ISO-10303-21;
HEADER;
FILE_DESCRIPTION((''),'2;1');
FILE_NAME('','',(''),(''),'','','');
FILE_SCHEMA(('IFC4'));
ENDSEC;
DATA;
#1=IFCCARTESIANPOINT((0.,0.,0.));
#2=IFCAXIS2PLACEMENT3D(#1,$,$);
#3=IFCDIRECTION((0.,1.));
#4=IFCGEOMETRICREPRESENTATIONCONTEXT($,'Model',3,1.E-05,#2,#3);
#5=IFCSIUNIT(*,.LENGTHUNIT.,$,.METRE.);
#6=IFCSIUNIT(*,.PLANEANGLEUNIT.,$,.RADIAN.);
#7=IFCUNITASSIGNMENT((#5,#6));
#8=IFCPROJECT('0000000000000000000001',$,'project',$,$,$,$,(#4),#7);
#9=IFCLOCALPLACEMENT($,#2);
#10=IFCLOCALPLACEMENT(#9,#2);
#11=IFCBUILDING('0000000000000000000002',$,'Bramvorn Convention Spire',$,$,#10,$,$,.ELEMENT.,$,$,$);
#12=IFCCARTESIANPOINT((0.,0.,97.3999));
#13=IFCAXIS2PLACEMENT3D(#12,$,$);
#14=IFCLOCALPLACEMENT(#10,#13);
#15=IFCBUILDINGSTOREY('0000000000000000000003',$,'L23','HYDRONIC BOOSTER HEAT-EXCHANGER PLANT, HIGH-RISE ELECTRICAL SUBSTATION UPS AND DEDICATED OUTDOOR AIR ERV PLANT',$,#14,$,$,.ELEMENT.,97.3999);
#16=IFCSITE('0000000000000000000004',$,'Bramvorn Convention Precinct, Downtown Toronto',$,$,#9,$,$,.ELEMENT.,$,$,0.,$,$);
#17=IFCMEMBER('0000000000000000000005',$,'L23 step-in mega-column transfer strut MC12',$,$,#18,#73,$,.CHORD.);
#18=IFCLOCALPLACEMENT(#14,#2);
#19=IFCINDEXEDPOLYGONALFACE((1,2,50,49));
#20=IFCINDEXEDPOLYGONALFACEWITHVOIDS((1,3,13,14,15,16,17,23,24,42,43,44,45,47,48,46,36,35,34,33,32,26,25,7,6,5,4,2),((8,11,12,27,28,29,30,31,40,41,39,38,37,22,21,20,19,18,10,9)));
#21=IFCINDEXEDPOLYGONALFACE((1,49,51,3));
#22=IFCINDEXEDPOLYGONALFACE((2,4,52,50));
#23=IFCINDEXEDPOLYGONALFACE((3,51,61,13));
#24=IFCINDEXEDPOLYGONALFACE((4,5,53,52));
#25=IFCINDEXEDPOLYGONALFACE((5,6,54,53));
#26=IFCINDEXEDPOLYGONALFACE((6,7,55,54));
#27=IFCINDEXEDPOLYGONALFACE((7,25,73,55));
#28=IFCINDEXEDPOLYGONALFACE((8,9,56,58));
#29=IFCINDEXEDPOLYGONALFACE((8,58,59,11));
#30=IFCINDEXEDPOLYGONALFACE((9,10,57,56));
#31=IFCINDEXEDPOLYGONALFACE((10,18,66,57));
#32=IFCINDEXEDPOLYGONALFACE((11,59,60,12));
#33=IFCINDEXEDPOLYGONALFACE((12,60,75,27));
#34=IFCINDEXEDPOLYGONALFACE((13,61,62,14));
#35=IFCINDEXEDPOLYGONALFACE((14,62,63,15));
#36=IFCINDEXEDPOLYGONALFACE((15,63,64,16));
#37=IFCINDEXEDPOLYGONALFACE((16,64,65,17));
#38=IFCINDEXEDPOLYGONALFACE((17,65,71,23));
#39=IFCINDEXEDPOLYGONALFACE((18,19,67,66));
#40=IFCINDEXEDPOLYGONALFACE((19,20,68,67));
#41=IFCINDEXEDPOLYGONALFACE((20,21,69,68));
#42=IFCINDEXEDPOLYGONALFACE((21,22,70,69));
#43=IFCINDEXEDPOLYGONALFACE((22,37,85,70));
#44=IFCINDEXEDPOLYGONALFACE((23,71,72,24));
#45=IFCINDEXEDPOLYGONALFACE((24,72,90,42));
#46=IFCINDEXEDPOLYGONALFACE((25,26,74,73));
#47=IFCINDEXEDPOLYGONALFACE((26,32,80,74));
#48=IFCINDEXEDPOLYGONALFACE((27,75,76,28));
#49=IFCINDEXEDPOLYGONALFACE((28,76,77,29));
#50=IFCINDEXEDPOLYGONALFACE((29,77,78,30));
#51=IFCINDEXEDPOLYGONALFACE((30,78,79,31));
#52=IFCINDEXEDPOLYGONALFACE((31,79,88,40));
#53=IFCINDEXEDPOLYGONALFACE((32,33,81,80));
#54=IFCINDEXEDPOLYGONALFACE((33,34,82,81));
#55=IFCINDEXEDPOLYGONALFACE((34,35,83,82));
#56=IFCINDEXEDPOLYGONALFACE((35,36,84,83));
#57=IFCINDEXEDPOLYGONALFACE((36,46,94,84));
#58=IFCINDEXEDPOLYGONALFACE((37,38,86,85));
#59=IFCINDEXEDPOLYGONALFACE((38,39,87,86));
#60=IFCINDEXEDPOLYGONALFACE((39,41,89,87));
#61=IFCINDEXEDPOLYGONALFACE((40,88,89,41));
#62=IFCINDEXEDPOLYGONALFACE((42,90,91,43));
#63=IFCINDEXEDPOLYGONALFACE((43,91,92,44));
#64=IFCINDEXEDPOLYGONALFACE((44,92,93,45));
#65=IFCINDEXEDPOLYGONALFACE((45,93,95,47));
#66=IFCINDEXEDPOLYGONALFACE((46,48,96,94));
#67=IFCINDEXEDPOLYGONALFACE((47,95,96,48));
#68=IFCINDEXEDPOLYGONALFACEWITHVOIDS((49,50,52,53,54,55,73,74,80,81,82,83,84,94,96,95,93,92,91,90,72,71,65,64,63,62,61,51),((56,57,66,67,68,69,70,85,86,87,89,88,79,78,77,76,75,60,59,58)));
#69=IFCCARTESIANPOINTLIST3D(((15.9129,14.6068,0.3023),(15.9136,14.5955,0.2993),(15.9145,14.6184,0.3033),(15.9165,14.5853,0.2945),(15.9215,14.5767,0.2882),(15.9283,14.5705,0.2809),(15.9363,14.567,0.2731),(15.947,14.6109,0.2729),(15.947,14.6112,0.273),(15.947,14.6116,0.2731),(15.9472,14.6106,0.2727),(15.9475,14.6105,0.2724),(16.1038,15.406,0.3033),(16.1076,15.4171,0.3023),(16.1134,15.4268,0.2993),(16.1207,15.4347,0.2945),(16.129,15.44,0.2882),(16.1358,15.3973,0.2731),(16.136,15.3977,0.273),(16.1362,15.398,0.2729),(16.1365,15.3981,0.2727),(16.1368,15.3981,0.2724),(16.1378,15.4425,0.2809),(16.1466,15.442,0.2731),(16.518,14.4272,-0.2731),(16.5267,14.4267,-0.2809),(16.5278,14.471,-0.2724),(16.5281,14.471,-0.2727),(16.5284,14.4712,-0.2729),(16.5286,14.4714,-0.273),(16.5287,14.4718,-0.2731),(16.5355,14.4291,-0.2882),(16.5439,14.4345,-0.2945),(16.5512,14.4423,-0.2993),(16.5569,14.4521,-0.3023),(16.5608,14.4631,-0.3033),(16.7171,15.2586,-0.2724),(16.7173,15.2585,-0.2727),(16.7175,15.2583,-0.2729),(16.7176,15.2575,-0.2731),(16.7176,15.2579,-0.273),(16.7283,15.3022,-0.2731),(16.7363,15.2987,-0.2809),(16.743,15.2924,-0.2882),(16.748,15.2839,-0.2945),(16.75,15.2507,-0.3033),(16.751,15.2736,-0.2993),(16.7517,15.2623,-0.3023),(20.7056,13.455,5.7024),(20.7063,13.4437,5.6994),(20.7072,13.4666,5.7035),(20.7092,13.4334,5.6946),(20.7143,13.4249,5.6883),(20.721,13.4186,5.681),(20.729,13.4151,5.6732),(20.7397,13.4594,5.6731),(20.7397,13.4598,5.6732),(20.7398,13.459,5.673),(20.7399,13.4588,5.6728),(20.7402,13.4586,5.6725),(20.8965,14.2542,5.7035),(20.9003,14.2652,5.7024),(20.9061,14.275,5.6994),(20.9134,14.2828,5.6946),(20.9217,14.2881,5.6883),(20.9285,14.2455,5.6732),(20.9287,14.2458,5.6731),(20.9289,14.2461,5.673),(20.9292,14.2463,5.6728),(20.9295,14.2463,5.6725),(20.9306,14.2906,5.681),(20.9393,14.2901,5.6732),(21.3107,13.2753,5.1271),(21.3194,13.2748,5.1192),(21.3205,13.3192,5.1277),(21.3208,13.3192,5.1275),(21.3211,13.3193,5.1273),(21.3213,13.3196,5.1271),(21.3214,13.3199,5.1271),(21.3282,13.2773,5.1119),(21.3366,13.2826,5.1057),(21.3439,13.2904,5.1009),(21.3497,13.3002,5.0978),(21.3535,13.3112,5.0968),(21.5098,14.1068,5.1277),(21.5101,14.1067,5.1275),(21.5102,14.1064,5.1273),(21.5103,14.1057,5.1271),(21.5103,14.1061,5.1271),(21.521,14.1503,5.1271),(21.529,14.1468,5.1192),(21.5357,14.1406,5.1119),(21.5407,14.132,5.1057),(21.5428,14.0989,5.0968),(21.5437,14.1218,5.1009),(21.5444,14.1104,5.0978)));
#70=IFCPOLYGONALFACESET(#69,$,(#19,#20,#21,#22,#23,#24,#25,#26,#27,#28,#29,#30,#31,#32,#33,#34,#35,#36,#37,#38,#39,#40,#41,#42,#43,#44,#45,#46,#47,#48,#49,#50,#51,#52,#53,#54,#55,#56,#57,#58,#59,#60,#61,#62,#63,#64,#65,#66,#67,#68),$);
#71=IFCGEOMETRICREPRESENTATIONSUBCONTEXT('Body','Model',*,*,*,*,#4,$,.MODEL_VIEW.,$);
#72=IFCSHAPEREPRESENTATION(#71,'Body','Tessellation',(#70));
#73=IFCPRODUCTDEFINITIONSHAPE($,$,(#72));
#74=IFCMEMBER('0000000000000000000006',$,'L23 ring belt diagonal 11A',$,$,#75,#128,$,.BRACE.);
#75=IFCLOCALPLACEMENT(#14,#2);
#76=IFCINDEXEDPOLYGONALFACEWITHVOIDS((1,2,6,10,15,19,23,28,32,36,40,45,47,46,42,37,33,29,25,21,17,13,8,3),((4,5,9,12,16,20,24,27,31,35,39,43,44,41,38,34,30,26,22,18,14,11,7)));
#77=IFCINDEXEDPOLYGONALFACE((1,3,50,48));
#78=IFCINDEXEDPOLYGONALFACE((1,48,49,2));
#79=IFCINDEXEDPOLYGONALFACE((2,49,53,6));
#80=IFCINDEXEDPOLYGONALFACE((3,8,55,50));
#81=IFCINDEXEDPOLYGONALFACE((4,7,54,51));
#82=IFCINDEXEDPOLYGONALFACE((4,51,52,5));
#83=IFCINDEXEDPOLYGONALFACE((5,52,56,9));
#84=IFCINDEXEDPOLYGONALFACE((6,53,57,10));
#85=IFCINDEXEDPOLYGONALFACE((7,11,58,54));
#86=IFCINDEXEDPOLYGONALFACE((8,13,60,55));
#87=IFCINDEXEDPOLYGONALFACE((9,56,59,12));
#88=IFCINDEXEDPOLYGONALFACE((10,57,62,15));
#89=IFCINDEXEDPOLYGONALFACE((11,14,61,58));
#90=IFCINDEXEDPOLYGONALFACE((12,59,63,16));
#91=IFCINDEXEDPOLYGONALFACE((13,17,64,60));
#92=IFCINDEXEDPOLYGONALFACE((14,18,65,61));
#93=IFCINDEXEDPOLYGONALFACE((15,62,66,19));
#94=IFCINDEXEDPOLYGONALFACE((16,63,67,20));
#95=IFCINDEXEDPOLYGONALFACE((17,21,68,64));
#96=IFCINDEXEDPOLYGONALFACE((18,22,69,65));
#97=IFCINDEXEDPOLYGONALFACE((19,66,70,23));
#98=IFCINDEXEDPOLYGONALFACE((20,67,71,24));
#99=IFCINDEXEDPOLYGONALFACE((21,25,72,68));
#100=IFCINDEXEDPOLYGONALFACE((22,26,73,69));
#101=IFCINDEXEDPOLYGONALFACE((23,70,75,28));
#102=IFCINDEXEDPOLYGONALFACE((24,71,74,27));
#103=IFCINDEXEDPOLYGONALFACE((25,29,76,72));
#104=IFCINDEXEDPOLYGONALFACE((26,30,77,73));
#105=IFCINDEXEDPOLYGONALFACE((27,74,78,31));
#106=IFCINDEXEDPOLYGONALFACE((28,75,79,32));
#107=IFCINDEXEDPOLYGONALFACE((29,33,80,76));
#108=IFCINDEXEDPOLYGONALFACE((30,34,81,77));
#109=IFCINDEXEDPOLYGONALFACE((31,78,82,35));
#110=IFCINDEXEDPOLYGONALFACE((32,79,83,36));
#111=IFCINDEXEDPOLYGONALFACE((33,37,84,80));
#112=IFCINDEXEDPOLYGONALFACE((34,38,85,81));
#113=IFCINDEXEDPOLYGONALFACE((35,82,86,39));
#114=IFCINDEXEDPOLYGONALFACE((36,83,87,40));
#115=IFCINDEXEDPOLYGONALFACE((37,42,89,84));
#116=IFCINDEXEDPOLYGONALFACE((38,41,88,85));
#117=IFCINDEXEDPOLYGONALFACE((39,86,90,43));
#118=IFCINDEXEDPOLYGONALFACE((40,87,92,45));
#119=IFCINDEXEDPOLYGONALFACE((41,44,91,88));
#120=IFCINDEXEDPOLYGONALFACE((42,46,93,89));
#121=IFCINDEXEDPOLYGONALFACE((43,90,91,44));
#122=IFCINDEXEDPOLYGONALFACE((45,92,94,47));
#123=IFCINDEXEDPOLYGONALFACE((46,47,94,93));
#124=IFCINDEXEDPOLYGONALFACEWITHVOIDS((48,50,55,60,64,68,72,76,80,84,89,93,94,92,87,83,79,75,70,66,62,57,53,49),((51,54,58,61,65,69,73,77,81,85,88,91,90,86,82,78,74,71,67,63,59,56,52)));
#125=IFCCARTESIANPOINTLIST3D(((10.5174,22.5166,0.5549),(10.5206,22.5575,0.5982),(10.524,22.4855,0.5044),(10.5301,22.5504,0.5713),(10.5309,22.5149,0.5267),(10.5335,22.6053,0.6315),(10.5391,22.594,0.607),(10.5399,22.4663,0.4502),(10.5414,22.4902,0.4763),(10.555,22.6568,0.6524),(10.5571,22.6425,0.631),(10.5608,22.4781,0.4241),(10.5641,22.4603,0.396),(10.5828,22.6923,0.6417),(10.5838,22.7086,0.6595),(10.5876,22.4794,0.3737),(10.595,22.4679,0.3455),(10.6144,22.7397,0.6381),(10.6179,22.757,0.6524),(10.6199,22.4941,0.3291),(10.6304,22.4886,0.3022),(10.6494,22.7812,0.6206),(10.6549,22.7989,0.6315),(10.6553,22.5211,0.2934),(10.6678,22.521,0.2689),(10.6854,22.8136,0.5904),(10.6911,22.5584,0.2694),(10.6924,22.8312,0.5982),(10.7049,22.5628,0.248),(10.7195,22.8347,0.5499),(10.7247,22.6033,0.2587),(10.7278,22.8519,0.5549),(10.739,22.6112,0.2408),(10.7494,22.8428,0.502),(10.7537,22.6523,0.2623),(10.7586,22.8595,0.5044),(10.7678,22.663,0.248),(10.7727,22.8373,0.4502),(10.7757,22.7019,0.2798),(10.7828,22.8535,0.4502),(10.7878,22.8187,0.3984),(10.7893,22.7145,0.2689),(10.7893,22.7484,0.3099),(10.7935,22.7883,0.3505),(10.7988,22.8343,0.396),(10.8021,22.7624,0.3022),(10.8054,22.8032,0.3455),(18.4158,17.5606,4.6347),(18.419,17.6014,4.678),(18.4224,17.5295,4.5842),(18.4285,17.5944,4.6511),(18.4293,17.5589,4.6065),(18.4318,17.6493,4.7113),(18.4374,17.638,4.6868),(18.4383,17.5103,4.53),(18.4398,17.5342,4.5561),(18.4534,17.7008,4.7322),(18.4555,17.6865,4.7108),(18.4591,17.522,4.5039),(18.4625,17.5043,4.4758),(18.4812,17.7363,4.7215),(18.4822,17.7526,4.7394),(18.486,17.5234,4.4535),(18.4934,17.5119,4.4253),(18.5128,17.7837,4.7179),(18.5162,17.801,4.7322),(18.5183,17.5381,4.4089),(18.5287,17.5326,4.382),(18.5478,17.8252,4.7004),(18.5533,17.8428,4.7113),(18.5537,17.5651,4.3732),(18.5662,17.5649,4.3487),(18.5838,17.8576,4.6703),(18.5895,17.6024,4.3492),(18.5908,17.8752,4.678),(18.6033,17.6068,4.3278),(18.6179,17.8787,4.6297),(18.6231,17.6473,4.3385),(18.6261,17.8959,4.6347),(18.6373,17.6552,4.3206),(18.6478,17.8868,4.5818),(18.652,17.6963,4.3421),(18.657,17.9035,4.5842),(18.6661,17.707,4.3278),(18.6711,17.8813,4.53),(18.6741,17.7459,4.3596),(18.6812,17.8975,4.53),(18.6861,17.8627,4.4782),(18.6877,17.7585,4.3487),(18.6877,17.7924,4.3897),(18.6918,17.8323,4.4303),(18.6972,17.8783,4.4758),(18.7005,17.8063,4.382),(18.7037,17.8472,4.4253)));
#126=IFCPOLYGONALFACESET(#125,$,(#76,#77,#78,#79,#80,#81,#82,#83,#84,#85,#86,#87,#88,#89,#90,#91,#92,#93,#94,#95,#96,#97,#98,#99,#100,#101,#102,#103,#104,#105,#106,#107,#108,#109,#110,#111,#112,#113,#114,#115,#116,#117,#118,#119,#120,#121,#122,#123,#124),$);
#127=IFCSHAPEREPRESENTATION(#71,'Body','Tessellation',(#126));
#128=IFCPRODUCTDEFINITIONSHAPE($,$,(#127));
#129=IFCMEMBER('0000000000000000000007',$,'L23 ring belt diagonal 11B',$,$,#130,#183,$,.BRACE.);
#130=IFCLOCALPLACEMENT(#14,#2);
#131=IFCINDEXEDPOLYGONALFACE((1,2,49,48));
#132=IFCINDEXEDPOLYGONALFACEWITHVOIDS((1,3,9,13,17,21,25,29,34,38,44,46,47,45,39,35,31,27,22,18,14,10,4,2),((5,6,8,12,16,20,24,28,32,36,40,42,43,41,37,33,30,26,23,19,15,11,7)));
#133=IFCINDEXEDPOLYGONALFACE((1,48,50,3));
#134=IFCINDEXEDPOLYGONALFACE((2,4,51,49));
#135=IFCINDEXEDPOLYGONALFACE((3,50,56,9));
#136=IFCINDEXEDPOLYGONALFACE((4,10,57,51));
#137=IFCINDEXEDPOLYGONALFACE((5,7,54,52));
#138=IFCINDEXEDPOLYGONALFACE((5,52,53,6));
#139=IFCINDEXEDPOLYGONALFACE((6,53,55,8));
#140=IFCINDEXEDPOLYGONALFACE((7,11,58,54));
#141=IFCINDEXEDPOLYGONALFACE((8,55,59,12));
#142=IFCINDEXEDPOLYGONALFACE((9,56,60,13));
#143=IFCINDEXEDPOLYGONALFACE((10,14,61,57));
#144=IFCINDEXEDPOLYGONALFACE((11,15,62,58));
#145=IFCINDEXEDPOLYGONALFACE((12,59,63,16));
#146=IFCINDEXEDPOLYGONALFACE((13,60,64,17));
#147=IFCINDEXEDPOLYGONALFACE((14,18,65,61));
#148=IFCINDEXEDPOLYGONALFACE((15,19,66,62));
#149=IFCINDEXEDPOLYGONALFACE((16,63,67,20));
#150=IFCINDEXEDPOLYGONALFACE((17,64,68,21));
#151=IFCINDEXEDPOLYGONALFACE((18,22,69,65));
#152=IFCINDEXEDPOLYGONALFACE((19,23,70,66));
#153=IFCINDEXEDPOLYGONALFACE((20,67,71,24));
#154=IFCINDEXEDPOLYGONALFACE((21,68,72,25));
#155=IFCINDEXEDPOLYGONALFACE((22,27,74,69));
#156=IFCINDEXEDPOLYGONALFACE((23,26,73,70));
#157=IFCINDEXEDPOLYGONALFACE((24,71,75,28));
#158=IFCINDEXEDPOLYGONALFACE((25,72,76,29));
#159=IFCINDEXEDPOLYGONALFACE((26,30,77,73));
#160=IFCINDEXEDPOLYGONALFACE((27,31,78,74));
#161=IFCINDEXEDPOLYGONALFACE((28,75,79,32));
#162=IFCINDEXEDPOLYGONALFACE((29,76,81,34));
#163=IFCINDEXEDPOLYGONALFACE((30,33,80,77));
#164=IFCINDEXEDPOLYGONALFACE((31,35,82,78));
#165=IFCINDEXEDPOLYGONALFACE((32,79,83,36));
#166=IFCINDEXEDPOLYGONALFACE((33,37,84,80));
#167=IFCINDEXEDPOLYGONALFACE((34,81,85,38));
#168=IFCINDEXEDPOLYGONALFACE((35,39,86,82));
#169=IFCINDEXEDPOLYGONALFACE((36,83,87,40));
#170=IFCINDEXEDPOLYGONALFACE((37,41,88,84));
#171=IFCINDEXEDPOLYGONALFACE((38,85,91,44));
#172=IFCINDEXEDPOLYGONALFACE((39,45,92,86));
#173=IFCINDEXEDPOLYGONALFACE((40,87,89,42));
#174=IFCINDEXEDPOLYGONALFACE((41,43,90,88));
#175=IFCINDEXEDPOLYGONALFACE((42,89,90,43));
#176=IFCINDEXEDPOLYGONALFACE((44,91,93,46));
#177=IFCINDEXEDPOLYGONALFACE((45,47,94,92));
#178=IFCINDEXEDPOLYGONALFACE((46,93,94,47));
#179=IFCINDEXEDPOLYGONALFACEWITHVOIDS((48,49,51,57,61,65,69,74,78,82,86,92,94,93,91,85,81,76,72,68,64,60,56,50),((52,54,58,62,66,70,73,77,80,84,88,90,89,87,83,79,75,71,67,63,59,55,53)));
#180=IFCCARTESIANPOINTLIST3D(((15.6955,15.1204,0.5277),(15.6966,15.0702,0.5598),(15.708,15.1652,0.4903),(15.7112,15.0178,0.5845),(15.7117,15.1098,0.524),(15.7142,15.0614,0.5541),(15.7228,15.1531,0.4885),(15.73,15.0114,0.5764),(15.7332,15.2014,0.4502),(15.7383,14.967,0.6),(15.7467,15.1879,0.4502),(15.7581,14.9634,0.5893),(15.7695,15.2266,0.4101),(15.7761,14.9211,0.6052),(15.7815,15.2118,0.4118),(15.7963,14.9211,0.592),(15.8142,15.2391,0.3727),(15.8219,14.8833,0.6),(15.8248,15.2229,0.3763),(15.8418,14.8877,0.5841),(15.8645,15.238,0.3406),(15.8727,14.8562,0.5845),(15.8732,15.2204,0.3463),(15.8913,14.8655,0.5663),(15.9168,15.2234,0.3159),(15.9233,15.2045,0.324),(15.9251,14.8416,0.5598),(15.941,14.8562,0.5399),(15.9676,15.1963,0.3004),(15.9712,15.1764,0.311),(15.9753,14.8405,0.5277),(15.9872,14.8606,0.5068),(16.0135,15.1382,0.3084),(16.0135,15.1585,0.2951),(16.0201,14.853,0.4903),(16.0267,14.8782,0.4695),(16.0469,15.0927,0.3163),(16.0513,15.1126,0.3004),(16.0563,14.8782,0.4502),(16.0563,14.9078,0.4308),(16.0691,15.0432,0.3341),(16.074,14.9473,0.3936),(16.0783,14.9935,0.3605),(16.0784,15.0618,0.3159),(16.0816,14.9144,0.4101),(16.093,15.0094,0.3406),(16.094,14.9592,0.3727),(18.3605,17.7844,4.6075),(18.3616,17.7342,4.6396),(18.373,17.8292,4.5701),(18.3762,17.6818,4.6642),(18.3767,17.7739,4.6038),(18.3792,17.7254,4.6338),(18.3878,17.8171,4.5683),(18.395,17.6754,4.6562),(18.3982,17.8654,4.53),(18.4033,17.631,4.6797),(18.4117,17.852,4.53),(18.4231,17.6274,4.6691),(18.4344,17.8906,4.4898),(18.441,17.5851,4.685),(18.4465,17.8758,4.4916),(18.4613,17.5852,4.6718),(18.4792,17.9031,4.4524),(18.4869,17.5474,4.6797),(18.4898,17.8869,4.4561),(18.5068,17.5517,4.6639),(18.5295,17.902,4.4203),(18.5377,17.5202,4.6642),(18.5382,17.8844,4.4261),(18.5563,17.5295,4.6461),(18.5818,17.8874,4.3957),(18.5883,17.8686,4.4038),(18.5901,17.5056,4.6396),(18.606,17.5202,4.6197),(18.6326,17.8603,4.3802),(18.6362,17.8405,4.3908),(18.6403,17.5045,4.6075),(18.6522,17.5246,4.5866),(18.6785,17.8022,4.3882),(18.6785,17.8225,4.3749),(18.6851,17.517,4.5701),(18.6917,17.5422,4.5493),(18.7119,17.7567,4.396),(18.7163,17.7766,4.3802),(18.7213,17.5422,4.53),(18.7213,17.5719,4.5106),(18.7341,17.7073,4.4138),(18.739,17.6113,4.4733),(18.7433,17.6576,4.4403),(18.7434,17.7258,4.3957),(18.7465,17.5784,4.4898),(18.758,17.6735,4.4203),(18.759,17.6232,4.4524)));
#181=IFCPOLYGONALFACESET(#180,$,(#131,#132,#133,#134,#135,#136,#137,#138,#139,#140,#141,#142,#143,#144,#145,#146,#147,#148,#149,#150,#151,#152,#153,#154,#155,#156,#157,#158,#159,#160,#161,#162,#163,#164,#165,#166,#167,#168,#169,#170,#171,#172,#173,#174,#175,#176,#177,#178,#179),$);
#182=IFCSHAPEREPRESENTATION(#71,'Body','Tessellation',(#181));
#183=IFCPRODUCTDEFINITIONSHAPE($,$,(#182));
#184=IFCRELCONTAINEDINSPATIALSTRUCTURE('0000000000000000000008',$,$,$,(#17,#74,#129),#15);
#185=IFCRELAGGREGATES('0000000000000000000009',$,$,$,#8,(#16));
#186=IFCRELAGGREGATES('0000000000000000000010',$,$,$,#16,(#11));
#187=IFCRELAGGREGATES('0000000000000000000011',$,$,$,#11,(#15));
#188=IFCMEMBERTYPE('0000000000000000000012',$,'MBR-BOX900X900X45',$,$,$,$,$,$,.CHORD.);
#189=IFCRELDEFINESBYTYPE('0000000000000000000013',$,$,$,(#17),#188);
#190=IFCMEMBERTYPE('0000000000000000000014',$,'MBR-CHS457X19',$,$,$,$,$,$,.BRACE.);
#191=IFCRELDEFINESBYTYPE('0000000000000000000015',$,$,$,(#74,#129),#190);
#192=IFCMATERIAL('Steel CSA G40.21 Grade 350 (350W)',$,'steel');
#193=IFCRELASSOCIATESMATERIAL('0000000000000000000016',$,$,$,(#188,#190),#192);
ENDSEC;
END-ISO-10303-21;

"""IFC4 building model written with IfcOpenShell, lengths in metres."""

from ifc_helpers import new_model, si_unit, direction, frame, origin, origin_2d, place, context, subcontext, project, spatial, hollow_rectangle, hollow_circle, extrude, material, material_profile, profile_set, type_object, element, save


model = new_model("IFC4")

# Units and contexts
model_context = context("Model", 3, precision=1e-05, world=origin(), true_north=direction((0.0, 1.0)))
body_context = subcontext(model_context, "Body", "Model", "MODEL_VIEW")
ifc_project = project(units=[si_unit("LENGTHUNIT", "METRE"), si_unit("PLANEANGLEUNIT", "RADIAN")], contexts=[model_context])

# Site, building, storey
site_placement = place(None, origin())
site = spatial("IfcSite", under=ifc_project, at=site_placement, Name="Bramvorn Convention Precinct, Downtown Toronto", CompositionType="ELEMENT", RefElevation=0.0)
building_placement = place(site_placement, origin())
building = spatial("IfcBuilding", under=site, at=building_placement, Name="Bramvorn Convention Spire", CompositionType="ELEMENT")
storey_placement = place(building_placement, frame((0.0, 0.0, 97.3999)))
storey = spatial("IfcBuildingStorey", under=building, at=storey_placement, Name="L23", Description="HYDRONIC BOOSTER HEAT-EXCHANGER PLANT, HIGH-RISE ELECTRICAL SUBSTATION UPS AND DEDICATED OUTDOOR AIR ERV PLANT", CompositionType="ELEMENT", Elevation=97.3999)

# Shared definitions
ifc_material_1 = material(Name="Steel CSA G40.21 Grade 350 (350W)", Category="steel")

# Members
ifc_material_profile_1 = material_profile(ifc_material_1, hollow_rectangle(XDim=0.8999, YDim=0.8999, WallThickness=0.0449, InnerFilletRadius=0.001, OuterFilletRadius=0.0449, at=origin_2d()))
ifc_profile_set_1 = profile_set([ifc_material_profile_1], Name="Steel CSA G40.21 Grade 350 (350W) - BOX900X900X45")
member_type_1 = type_object("IfcMemberType", Name="MBR-BOX900X900X45", PredefinedType="CHORD", material=ifc_profile_set_1)
member_1_placement = place(storey_placement, frame((16.3323, 14.9346, 0.0), z_axis=(0.655502, -0.157539, 0.738579), x_axis=(0.23368, 0.972314, 0.0)))
element("IfcMember", 1, at=member_1_placement, inside=storey, type_object=member_type_1, Name="L23 step-in mega-column transfer strut MC12", PredefinedType="CHORD", context=body_context, shape_type="SweptSolid", body=[
    extrude(hollow_rectangle(XDim=0.8999, YDim=0.8999, WallThickness=0.0449, InnerFilletRadius=0.001, OuterFilletRadius=0.0449, at=origin_2d()), origin(), (0.0, 0.0, 1.0), 7.3115),
])
ifc_material_profile_2 = material_profile(ifc_material_1, hollow_circle(Radius=0.2285, WallThickness=0.019, at=origin_2d()))
ifc_profile_set_2 = profile_set([ifc_material_profile_2], Name="Steel CSA G40.21 Grade 350 (350W) - CHS457X19")
member_type_2 = type_object("IfcMemberType", Name="MBR-CHS457X19", PredefinedType="BRACE", material=ifc_profile_set_2)
member_2_placement = place(storey_placement, frame((10.6614, 22.6599, 0.4502), z_axis=(0.776026, -0.486935, 0.400846), x_axis=(0.531504, 0.847056, 0.0)))
element("IfcMember", 2, at=member_2_placement, inside=storey, type_object=member_type_2, Name="L23 ring belt diagonal 11A", PredefinedType="BRACE", context=body_context, shape_type="SweptSolid", body=[
    extrude(hollow_circle(Radius=0.2285, WallThickness=0.019, at=origin_2d()), origin(), (0.0, 0.0, 1.0), 10.178),
])
member_3_placement = place(storey_placement, frame((15.8948, 15.0398, 0.4502), z_axis=(0.479859, 0.479683, 0.734602), x_axis=(-0.706977, 0.707236, 0.0)))
element("IfcMember", 3, at=member_3_placement, inside=storey, type_object=member_type_2, Name="L23 ring belt diagonal 11B", PredefinedType="BRACE", context=body_context, shape_type="SweptSolid", body=[
    extrude(hollow_circle(Radius=0.2285, WallThickness=0.019, at=origin_2d()), origin(), (0.0, 0.0, 1.0), 5.5537),
])

save(model, "model.ifc")
